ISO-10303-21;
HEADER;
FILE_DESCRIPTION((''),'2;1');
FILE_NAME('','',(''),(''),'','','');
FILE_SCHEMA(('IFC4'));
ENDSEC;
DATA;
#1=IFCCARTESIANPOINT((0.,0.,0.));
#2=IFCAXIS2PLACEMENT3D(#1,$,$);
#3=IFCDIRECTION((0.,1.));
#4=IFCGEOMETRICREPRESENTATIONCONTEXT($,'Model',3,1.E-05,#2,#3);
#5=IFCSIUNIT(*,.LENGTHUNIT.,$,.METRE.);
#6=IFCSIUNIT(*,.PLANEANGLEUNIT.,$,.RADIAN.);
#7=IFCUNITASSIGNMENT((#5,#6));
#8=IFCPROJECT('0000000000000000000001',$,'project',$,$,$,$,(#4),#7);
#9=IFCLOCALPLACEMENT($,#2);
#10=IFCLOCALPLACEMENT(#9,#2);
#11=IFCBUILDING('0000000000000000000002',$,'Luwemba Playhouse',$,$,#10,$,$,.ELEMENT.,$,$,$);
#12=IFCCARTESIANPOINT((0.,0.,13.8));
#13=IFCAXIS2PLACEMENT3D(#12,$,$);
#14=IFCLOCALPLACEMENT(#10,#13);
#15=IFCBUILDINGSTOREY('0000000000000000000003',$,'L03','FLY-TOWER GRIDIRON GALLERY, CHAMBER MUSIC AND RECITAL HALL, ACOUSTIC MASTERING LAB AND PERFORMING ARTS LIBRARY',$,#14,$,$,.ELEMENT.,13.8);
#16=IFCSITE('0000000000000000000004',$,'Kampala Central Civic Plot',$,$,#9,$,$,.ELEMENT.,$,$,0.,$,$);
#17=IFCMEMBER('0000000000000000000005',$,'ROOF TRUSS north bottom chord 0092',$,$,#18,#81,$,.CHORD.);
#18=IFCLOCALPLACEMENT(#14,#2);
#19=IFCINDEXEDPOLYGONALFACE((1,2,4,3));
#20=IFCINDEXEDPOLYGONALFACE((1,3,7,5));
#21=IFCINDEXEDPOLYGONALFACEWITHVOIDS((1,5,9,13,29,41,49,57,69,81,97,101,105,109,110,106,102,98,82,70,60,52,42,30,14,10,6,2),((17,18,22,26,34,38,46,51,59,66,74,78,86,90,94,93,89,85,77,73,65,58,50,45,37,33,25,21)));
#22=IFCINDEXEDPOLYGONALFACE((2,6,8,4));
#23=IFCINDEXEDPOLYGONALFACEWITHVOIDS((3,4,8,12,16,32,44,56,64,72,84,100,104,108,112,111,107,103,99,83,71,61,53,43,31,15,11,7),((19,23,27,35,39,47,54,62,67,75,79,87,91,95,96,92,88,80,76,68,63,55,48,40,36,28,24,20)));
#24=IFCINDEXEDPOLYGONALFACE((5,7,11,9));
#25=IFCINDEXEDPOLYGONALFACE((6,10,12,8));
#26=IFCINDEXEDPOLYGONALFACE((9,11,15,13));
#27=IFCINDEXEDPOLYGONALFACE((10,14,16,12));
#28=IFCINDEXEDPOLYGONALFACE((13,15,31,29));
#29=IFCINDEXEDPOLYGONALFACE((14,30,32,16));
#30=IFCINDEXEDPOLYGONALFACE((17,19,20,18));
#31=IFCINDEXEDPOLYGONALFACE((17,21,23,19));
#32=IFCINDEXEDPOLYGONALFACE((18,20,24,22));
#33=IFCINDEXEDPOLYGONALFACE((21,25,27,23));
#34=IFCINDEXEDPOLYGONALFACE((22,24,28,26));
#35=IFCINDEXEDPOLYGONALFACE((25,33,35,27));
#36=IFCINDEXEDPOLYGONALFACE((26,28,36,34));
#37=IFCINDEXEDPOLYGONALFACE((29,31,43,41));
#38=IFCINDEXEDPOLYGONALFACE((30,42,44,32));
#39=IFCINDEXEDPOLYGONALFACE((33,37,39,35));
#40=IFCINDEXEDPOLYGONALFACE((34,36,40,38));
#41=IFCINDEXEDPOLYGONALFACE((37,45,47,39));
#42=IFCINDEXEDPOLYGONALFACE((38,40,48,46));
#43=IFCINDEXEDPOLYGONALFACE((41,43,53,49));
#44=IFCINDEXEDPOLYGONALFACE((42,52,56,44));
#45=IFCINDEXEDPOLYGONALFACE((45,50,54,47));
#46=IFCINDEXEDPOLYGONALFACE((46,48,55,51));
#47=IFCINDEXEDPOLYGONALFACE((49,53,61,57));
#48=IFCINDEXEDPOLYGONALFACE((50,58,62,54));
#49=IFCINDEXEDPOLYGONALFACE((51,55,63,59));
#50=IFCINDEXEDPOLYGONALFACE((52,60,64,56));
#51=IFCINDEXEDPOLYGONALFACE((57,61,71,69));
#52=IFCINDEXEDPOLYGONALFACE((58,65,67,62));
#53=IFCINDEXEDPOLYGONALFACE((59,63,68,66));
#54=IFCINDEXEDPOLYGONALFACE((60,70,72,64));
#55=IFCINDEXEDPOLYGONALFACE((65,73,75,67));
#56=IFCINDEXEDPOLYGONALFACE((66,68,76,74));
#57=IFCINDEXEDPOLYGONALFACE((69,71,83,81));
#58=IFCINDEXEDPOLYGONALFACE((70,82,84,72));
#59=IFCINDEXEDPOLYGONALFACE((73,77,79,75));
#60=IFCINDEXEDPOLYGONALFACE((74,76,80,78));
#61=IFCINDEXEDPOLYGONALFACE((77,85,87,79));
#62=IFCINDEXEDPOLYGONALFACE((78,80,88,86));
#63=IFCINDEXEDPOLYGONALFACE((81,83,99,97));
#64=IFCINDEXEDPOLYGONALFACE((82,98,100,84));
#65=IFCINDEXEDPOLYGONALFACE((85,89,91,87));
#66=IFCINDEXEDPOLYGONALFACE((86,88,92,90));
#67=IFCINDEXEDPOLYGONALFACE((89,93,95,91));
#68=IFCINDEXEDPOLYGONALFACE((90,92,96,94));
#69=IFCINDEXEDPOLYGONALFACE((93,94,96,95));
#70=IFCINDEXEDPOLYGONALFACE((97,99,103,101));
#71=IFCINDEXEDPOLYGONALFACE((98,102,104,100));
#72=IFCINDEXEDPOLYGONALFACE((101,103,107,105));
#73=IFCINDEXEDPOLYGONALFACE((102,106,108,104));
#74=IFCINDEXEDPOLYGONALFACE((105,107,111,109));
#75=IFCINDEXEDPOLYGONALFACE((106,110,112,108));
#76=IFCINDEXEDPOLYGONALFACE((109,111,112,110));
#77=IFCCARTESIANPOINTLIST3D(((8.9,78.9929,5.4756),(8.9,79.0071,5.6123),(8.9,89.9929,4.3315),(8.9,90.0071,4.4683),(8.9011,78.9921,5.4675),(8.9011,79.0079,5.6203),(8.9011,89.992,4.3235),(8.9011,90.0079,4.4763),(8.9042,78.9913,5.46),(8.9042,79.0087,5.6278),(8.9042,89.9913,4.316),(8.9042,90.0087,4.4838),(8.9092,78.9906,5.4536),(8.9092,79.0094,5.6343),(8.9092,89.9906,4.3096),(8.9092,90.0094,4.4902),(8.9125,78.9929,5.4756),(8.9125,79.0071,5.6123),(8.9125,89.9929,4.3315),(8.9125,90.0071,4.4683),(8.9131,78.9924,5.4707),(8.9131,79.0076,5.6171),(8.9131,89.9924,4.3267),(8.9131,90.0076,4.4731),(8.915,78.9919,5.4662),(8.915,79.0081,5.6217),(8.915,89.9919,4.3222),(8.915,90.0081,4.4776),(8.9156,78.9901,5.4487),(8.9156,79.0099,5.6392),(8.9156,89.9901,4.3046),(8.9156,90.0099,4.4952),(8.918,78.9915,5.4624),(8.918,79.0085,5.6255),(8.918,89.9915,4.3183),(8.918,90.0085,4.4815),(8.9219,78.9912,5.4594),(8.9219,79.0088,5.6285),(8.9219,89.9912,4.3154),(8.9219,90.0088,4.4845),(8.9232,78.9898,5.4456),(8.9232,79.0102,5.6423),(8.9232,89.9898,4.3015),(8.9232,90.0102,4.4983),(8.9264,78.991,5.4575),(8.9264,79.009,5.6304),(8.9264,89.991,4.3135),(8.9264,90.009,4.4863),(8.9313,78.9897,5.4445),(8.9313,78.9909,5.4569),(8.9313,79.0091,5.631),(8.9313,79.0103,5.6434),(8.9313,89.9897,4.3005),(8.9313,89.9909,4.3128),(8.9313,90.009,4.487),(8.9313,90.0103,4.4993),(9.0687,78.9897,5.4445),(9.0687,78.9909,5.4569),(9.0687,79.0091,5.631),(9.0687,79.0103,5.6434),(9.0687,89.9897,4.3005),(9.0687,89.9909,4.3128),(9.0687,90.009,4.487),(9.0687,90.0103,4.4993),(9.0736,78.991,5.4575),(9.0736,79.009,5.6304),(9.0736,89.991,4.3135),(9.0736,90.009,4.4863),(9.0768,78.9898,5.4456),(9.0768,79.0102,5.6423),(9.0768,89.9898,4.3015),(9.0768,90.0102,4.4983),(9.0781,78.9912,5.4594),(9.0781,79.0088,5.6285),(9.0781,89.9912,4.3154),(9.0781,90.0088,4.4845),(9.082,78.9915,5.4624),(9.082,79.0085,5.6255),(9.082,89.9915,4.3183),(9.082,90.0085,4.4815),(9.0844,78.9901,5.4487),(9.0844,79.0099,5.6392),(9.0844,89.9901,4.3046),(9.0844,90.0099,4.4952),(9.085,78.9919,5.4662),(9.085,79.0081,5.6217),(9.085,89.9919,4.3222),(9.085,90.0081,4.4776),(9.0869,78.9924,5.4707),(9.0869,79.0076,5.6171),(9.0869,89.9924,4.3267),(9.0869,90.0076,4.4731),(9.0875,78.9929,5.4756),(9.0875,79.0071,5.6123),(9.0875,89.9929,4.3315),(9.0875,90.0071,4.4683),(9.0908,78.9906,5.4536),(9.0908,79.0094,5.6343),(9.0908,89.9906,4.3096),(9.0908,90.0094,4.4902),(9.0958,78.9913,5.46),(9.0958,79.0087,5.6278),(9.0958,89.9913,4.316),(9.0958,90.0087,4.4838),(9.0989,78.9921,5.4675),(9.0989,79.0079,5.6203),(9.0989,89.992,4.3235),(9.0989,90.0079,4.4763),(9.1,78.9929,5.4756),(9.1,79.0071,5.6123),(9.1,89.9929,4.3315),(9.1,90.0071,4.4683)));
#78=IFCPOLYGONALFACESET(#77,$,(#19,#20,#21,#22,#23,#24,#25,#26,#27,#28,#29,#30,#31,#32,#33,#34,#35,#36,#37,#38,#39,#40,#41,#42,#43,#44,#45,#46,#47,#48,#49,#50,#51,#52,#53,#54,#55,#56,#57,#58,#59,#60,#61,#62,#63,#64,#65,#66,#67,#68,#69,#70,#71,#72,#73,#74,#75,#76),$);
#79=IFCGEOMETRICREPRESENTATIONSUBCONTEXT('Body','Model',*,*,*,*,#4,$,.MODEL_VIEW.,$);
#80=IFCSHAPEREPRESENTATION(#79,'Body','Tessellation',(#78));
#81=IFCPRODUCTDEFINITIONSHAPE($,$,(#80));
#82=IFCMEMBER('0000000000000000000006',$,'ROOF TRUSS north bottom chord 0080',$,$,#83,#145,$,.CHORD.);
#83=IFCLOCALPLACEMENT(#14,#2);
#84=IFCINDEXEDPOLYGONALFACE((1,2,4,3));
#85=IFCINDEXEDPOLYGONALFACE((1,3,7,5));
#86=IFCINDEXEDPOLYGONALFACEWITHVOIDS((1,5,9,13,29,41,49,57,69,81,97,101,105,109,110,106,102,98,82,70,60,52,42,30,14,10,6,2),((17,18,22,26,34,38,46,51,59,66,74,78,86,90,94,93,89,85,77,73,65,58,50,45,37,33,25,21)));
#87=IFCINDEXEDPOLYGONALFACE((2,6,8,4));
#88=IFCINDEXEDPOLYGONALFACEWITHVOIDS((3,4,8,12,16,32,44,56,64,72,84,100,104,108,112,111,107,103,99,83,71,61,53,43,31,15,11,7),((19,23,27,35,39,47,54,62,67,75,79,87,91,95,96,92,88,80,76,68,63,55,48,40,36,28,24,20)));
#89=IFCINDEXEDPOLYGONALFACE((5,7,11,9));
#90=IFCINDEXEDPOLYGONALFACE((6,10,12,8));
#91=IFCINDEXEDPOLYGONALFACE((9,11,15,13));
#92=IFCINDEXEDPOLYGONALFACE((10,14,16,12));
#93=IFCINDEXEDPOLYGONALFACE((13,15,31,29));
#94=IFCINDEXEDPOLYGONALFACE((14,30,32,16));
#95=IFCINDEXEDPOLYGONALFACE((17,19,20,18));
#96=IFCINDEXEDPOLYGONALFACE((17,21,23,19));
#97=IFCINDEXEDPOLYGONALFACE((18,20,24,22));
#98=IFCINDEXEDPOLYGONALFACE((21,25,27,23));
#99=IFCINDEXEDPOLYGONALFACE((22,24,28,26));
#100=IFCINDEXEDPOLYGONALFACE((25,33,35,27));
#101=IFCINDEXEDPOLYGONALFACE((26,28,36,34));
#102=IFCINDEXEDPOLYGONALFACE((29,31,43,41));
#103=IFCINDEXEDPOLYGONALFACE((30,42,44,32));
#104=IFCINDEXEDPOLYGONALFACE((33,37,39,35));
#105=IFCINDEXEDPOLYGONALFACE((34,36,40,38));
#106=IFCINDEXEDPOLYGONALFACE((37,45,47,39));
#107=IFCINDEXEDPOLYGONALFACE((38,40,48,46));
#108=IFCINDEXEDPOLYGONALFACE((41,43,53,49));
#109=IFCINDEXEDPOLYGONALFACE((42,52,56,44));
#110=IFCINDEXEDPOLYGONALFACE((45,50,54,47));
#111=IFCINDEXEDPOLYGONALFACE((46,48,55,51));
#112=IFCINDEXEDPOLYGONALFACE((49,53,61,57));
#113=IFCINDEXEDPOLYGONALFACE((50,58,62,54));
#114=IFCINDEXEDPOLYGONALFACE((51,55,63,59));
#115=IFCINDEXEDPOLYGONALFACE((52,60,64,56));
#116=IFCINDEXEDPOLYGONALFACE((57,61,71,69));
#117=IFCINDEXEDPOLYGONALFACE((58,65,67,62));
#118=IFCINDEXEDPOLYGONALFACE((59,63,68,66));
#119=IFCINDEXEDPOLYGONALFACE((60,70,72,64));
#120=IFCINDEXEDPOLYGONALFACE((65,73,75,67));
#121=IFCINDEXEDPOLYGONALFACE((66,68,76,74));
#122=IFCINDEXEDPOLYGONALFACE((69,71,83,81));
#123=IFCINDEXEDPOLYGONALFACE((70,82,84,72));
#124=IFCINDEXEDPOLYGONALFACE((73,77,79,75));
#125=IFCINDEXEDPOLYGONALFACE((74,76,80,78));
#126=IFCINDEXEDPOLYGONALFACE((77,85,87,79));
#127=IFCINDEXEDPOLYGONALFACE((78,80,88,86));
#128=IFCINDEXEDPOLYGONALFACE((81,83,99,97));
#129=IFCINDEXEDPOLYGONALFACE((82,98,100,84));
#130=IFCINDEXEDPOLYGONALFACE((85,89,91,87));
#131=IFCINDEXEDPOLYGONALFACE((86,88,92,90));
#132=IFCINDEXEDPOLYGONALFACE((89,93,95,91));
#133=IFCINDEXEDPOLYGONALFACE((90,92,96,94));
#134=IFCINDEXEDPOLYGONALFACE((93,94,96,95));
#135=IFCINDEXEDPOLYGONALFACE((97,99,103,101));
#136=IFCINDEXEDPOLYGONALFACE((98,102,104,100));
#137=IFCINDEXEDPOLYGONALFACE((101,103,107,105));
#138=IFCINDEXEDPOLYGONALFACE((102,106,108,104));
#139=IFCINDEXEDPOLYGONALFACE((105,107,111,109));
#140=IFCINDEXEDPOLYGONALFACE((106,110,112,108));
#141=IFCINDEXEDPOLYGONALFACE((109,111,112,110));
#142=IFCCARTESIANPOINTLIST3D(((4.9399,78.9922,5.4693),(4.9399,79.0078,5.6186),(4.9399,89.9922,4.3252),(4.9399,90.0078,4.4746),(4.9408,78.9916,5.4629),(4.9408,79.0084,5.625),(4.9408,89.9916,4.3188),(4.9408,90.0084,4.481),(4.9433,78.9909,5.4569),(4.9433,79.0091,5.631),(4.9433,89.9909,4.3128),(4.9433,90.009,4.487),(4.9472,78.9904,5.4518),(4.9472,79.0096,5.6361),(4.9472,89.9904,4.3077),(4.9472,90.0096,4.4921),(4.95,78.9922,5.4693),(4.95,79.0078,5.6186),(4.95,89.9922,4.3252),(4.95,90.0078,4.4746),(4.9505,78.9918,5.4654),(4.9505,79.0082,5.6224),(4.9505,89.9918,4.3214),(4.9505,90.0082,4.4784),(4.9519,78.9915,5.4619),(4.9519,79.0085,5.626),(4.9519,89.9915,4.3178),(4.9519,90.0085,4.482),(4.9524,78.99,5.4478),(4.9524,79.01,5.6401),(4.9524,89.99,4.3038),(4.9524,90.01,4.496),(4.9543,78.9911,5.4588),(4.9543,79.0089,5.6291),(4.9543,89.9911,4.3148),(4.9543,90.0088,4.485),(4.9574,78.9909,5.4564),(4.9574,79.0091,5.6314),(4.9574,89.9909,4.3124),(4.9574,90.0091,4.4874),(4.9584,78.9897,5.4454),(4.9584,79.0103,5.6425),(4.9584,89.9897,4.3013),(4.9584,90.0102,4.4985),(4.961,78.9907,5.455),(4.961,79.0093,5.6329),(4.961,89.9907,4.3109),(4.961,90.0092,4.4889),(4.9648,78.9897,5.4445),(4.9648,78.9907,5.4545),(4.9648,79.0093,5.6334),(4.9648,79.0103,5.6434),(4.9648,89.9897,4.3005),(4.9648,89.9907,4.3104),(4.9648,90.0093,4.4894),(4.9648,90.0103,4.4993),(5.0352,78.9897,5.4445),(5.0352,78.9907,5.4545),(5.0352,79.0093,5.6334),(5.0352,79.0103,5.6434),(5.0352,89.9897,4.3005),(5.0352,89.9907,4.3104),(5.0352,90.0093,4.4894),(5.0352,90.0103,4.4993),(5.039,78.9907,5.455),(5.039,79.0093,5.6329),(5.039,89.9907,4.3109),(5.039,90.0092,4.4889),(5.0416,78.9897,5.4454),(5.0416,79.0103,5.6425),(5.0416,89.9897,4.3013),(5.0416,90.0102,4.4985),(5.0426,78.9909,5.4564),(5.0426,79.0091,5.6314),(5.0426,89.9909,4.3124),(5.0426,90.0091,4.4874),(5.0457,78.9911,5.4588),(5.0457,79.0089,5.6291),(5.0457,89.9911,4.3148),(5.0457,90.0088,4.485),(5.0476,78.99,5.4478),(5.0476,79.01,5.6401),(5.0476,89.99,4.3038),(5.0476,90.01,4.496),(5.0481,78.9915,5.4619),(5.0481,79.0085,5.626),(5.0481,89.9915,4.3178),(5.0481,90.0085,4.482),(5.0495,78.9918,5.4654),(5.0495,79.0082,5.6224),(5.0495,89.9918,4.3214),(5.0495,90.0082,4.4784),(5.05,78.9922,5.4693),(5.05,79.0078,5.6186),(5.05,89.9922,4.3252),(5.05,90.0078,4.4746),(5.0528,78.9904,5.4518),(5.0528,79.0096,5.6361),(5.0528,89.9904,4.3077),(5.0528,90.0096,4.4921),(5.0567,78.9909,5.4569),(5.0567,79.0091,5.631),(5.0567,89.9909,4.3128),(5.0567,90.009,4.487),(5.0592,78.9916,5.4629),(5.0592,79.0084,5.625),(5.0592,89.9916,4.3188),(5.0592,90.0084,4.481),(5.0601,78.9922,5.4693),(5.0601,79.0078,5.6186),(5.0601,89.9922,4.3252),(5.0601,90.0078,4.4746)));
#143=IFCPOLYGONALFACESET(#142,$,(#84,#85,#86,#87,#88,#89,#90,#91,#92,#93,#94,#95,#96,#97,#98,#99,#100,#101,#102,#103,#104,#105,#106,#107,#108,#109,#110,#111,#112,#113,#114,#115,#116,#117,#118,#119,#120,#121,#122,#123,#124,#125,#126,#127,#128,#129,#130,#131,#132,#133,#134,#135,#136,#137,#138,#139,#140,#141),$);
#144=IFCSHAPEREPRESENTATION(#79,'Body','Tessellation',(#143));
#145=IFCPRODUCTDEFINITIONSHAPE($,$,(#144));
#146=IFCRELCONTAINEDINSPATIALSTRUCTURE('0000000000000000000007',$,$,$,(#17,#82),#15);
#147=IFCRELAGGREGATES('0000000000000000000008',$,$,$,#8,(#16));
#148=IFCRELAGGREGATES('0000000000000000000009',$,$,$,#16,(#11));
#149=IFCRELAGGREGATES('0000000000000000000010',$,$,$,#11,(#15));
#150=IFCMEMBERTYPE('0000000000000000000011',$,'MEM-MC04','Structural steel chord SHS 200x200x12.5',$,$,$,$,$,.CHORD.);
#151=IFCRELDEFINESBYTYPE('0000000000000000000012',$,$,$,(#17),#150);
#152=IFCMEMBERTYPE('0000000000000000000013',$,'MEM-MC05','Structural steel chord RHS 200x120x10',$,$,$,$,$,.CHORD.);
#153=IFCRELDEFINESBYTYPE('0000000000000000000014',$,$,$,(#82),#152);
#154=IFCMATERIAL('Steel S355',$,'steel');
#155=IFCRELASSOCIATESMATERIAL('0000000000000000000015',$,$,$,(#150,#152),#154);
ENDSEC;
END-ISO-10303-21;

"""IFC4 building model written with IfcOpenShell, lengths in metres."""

from ifc_helpers import new_model, si_unit, direction, frame, origin, origin_2d, place, context, subcontext, project, spatial, hollow_rectangle, extrude, material, material_profile, profile_set, type_object, element, save


model = new_model("IFC4")

# Units and contexts
model_context = context("Model", 3, precision=1e-05, world=origin(), true_north=direction((0.0, 1.0)))
body_context = subcontext(model_context, "Body", "Model", "MODEL_VIEW")
ifc_project = project(units=[si_unit("LENGTHUNIT", "METRE"), si_unit("PLANEANGLEUNIT", "RADIAN")], contexts=[model_context])

# Site, building, storey
site_placement = place(None, origin())
site = spatial("IfcSite", under=ifc_project, at=site_placement, Name="Kampala Central Civic Plot", CompositionType="ELEMENT", RefElevation=0.0)
building_placement = place(site_placement, origin())
building = spatial("IfcBuilding", under=site, at=building_placement, Name="Luwemba Playhouse", CompositionType="ELEMENT")
storey_placement = place(building_placement, frame((0.0, 0.0, 13.8)))
storey = spatial("IfcBuildingStorey", under=building, at=storey_placement, Name="L03", Description="FLY-TOWER GRIDIRON GALLERY, CHAMBER MUSIC AND RECITAL HALL, ACOUSTIC MASTERING LAB AND PERFORMING ARTS LIBRARY", CompositionType="ELEMENT", Elevation=13.8)

# Shared definitions
ifc_material_1 = material(Name="Steel S355", Category="steel")

# Members
ifc_material_profile_1 = material_profile(ifc_material_1, hollow_rectangle(XDim=0.2, YDim=0.2, WallThickness=0.0125, InnerFilletRadius=0.0188, OuterFilletRadius=0.0312, at=origin_2d()))
ifc_profile_set_1 = profile_set([ifc_material_profile_1], Name="Steel S355")
member_type_1 = type_object("IfcMemberType", Name="MEM-MC04", Description="Structural steel chord SHS 200x200x12.5", PredefinedType="CHORD", material=ifc_profile_set_1)
member_1_placement = place(storey_placement, frame((9.0, 79.0, 5.5439), z_axis=(0.0, 0.994635, -0.103446), x_axis=(-1.0, 0.0, 0.0)))
element("IfcMember", 1, at=member_1_placement, inside=storey, type_object=member_type_1, Name="ROOF TRUSS north bottom chord 0092", PredefinedType="CHORD", context=body_context, shape_type="SweptSolid", body=[
    extrude(hollow_rectangle(XDim=0.2, YDim=0.2, WallThickness=0.0125, InnerFilletRadius=0.0188, OuterFilletRadius=0.0312, at=origin_2d()), origin(), (0.0, 0.0, 1.0), 11.0593),
])
ifc_material_profile_2 = material_profile(ifc_material_1, hollow_rectangle(XDim=0.1201, YDim=0.2, WallThickness=0.01, InnerFilletRadius=0.0149, OuterFilletRadius=0.0249, at=origin_2d()))
ifc_profile_set_2 = profile_set([ifc_material_profile_2], Name="Steel S355")
member_type_2 = type_object("IfcMemberType", Name="MEM-MC05", Description="Structural steel chord RHS 200x120x10", PredefinedType="CHORD", material=ifc_profile_set_2)
member_2_placement = place(storey_placement, frame((5.0, 79.0, 5.5439), z_axis=(0.0, 0.994635, -0.103446), x_axis=(-1.0, 0.0, 0.0)))
element("IfcMember", 2, at=member_2_placement, inside=storey, type_object=member_type_2, Name="ROOF TRUSS north bottom chord 0080", PredefinedType="CHORD", context=body_context, shape_type="SweptSolid", body=[
    extrude(hollow_rectangle(XDim=0.1201, YDim=0.2, WallThickness=0.01, InnerFilletRadius=0.0149, OuterFilletRadius=0.0249, at=origin_2d()), origin(), (0.0, 0.0, 1.0), 11.0593),
])

save(model, "model.ifc")
